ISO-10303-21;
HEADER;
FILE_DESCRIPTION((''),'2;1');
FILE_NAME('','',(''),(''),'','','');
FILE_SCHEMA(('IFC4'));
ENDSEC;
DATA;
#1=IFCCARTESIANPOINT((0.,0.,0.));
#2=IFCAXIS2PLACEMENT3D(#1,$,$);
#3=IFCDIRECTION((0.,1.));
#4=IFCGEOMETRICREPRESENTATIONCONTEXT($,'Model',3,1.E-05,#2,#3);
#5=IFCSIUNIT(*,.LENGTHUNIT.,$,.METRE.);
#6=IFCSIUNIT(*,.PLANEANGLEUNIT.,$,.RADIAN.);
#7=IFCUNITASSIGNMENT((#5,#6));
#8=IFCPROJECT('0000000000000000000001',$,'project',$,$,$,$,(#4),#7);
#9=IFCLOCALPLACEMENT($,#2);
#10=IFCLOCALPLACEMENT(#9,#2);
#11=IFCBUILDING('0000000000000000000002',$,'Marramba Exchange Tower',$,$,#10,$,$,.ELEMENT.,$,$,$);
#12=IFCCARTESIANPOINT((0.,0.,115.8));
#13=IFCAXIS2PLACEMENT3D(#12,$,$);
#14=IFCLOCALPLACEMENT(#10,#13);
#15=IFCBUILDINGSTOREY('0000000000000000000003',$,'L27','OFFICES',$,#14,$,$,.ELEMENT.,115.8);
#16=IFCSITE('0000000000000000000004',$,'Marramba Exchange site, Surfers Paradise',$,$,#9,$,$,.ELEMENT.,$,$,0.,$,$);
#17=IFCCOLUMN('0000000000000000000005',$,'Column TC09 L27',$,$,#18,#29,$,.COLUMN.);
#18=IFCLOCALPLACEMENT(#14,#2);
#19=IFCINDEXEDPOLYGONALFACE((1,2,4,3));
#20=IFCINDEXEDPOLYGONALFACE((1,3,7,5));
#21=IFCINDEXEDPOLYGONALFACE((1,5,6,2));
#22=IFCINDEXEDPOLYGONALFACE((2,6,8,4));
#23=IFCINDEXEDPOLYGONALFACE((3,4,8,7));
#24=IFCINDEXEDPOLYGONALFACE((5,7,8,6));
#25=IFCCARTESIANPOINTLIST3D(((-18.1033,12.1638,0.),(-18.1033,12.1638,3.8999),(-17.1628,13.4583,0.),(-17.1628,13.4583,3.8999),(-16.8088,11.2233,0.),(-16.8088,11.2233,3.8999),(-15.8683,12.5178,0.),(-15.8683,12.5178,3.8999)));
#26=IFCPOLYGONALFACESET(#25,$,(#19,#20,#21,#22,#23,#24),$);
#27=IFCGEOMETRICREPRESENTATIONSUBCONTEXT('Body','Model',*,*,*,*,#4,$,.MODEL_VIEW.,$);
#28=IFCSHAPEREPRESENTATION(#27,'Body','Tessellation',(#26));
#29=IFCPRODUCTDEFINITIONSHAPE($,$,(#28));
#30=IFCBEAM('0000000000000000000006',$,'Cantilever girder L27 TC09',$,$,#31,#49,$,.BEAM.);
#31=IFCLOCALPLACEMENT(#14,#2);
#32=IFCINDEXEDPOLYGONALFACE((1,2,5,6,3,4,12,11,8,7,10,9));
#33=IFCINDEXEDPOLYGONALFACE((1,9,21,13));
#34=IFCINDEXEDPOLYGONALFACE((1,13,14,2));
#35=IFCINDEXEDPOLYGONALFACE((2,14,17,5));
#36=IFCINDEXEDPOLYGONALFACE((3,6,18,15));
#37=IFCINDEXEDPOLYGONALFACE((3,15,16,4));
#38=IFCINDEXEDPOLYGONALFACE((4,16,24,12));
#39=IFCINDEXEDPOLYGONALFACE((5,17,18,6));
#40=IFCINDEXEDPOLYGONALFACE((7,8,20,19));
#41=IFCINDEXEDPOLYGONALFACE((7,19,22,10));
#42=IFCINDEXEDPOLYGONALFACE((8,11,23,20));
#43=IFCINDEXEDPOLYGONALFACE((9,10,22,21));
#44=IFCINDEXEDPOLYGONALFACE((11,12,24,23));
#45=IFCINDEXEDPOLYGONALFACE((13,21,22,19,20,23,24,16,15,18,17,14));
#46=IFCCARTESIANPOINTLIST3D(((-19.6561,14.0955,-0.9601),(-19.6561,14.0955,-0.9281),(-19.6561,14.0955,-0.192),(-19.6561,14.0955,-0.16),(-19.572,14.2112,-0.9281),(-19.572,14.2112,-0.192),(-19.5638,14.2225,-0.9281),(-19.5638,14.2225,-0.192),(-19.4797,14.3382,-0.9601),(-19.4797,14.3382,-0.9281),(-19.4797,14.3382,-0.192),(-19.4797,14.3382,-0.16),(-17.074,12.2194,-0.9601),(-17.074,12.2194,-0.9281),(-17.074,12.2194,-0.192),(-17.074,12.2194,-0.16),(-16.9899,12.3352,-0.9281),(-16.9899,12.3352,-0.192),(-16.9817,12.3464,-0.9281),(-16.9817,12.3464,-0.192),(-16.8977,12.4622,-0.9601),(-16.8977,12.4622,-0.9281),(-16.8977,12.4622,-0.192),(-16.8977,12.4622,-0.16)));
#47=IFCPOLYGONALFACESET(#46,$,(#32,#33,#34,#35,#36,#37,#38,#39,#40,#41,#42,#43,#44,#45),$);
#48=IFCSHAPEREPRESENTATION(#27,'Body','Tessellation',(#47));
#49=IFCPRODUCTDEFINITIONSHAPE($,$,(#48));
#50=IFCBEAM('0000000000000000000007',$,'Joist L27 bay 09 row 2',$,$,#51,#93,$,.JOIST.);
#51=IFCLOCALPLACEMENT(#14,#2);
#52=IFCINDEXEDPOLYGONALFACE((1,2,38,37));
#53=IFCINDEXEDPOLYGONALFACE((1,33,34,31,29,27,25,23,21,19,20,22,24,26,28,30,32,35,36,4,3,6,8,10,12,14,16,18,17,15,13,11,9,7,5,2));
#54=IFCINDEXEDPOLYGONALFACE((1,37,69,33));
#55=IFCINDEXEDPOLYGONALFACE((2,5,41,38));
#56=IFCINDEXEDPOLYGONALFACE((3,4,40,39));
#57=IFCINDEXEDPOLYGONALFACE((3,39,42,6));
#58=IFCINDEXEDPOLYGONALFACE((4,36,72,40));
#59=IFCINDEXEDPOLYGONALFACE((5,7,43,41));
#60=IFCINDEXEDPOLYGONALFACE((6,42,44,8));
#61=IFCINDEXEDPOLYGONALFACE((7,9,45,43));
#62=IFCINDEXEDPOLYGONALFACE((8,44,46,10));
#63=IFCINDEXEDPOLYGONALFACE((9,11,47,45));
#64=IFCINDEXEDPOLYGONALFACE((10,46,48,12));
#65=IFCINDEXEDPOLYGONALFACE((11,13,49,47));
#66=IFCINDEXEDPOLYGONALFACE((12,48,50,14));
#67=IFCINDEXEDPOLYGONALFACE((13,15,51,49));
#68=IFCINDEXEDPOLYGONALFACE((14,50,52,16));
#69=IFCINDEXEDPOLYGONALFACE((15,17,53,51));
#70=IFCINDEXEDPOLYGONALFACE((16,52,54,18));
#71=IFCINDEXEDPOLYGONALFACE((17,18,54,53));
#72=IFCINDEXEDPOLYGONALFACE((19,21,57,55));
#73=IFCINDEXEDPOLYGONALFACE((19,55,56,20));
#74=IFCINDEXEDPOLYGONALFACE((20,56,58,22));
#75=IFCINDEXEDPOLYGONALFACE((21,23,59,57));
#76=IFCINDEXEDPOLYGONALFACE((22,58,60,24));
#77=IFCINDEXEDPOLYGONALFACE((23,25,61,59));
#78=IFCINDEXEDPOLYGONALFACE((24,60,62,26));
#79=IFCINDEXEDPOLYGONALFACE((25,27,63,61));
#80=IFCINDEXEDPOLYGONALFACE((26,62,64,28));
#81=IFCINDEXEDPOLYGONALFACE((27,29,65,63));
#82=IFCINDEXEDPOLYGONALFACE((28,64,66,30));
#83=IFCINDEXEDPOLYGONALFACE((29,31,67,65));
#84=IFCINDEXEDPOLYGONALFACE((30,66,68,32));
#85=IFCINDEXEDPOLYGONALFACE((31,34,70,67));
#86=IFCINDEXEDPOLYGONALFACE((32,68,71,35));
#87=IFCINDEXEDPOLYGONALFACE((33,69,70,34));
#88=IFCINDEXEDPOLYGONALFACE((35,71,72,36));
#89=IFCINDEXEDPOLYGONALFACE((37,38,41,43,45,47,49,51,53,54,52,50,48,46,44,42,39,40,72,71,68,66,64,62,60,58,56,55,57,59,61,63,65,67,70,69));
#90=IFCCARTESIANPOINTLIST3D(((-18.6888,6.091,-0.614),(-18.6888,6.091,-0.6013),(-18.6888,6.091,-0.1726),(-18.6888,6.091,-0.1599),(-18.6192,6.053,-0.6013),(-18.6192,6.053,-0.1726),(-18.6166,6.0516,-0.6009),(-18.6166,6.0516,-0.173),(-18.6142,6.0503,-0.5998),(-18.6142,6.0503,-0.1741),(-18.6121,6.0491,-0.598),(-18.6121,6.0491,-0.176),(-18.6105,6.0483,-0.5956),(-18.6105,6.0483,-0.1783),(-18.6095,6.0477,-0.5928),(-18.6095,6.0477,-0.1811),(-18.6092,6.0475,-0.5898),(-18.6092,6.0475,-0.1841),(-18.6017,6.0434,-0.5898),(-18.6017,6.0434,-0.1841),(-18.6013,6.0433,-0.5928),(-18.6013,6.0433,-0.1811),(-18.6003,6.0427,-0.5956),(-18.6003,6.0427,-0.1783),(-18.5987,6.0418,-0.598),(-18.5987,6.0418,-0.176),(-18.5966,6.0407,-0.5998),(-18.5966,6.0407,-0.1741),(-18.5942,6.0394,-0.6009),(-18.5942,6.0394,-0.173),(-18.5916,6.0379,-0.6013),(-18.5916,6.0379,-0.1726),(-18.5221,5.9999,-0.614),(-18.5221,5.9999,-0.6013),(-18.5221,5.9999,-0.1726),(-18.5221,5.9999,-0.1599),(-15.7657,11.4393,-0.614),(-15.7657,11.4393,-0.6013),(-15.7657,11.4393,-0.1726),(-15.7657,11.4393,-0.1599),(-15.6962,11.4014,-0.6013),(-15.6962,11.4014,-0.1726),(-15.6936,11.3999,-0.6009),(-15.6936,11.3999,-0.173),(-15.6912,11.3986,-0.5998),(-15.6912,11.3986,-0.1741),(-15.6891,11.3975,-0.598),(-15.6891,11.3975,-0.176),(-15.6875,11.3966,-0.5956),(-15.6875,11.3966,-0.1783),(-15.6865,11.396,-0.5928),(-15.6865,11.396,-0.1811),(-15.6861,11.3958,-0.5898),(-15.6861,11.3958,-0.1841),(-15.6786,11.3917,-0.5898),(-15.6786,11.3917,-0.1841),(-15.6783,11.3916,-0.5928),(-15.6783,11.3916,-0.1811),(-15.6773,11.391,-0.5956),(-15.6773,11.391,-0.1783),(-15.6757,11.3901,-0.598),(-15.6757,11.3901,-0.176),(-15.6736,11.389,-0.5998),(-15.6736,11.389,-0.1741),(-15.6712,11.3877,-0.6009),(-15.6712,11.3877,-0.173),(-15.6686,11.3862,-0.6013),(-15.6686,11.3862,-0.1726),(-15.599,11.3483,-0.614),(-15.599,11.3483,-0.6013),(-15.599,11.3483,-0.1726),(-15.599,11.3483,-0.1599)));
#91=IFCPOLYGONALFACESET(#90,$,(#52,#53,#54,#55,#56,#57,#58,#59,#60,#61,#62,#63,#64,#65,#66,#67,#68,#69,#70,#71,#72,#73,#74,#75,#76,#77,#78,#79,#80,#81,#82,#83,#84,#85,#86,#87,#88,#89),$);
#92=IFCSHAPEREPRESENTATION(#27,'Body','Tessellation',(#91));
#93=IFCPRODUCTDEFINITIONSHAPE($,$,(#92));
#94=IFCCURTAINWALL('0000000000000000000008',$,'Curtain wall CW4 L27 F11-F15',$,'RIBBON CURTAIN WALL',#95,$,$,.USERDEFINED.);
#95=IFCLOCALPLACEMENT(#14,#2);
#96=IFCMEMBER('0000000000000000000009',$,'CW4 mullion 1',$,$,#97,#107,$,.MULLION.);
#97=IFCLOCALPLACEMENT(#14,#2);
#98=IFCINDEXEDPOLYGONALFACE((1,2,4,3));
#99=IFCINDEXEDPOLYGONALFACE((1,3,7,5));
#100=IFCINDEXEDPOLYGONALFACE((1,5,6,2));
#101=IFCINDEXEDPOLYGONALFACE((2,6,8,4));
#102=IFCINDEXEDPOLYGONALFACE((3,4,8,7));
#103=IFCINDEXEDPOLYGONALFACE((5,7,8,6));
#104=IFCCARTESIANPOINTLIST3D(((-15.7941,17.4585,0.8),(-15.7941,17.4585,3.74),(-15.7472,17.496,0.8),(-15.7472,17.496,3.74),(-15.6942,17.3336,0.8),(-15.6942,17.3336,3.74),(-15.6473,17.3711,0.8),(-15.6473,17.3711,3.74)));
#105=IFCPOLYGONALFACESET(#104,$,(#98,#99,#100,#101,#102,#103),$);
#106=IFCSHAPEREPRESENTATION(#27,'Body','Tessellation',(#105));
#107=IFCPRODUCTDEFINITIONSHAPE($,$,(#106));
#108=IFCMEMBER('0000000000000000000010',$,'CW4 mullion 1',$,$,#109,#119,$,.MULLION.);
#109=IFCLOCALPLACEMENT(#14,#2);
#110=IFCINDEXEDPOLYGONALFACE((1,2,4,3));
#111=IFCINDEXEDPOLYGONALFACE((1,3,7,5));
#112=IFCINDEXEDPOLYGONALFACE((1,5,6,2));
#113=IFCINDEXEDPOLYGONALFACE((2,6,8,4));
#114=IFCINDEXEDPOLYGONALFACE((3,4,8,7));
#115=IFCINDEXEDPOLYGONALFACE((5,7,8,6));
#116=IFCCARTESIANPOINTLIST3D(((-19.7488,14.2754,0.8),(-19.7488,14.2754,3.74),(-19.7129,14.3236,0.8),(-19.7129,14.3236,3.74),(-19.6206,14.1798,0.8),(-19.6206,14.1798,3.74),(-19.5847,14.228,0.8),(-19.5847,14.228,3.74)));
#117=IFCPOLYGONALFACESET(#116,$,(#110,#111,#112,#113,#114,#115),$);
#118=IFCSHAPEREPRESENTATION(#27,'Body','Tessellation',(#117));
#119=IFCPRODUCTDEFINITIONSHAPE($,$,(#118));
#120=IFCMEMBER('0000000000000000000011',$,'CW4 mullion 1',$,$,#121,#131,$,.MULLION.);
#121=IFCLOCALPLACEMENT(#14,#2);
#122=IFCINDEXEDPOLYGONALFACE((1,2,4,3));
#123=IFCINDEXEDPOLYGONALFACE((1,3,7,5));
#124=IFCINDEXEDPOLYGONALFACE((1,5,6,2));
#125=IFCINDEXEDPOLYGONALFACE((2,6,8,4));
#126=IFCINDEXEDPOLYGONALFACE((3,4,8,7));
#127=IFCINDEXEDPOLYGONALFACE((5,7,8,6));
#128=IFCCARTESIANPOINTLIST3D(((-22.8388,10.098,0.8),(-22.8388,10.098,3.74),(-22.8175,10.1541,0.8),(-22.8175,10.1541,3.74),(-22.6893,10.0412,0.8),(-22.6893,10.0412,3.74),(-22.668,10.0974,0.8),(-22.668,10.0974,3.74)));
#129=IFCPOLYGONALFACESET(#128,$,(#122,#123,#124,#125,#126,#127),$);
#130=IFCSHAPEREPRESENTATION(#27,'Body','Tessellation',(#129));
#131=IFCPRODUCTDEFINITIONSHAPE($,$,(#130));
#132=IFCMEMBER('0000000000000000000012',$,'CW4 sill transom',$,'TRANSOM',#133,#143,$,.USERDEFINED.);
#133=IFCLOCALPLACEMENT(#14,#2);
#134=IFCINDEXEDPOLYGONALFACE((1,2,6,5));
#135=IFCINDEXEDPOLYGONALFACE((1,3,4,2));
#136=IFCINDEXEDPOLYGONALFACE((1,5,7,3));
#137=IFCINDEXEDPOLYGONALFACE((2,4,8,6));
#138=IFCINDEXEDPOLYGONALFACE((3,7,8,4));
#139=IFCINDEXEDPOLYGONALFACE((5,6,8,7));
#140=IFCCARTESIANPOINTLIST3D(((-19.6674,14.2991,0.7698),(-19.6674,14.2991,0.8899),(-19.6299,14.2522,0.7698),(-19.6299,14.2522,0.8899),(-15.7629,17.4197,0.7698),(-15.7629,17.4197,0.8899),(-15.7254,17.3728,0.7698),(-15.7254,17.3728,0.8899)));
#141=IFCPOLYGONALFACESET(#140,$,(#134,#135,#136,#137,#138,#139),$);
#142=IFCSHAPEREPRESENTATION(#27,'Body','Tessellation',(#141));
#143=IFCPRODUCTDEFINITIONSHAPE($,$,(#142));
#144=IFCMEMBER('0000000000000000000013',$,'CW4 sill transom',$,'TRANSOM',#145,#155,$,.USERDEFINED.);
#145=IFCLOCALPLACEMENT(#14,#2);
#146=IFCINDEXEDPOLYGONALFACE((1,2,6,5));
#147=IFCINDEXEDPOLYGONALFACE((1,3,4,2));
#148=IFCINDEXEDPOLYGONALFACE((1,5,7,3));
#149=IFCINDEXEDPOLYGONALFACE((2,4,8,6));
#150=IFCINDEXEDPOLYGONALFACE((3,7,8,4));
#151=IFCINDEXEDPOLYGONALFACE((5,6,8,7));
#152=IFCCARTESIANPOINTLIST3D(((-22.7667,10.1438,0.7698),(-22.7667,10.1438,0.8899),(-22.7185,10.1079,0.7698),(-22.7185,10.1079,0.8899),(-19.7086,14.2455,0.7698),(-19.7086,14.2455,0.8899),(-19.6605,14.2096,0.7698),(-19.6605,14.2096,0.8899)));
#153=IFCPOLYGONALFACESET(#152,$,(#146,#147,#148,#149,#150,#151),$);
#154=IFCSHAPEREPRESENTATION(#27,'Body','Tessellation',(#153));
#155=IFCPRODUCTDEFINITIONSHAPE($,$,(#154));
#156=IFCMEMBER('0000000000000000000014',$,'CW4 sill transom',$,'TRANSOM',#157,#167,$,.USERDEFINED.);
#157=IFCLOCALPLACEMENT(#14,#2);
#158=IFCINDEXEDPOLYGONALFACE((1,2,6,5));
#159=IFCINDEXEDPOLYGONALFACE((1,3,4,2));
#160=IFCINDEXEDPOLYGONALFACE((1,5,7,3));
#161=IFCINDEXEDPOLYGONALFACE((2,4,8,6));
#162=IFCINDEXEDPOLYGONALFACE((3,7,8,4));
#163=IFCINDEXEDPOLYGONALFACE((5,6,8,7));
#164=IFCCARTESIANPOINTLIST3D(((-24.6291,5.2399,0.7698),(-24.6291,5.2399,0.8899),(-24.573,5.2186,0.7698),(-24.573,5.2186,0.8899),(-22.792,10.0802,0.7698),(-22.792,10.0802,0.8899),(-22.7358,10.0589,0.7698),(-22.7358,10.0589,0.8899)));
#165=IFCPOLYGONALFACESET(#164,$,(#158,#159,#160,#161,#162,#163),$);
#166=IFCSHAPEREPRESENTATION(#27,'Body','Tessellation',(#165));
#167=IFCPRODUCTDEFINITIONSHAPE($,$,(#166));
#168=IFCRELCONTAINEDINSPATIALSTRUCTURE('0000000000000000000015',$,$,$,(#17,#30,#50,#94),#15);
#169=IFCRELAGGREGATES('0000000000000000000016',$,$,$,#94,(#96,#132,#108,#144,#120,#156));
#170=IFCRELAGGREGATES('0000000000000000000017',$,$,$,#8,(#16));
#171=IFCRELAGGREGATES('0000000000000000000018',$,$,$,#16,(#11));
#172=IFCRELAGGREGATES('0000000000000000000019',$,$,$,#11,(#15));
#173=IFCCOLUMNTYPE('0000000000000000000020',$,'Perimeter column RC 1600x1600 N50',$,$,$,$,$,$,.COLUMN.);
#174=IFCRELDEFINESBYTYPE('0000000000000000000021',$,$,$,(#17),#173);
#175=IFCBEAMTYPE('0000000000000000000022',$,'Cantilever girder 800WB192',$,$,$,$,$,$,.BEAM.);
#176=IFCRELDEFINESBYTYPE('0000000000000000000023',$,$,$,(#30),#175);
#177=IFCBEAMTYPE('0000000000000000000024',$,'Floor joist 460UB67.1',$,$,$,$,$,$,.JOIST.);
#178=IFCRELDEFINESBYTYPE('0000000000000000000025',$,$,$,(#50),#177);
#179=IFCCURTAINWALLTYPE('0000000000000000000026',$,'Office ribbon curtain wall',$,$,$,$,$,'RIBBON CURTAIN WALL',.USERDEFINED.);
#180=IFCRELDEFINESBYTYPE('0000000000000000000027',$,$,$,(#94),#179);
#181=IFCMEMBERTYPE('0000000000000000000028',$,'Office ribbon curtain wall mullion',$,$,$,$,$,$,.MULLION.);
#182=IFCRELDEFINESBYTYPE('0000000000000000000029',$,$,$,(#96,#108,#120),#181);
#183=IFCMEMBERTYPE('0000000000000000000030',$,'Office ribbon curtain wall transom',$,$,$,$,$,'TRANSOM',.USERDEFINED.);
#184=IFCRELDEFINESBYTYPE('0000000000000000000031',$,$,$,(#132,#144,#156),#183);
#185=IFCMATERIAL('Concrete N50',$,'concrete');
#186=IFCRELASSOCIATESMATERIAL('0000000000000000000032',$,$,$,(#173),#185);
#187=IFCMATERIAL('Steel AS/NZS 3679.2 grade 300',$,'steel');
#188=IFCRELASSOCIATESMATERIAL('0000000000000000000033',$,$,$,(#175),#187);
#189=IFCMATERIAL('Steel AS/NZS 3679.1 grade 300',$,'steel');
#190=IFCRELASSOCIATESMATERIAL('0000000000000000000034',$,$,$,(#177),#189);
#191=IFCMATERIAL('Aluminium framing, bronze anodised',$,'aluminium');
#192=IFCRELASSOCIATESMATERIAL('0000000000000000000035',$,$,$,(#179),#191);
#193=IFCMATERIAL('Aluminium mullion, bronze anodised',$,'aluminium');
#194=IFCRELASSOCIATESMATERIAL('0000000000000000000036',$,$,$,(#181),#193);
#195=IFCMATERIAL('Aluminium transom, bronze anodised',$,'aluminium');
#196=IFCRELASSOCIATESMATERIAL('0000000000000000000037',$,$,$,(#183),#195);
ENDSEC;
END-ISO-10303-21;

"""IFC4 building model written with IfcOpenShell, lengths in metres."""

from ifc_helpers import new_model, si_unit, direction, frame, origin, origin_2d, place, context, subcontext, project, spatial, rectangle, i_section, extrude, material, material_profile, profile_set, type_object, element, aggregate, save


model = new_model("IFC4")

# Units and contexts
model_context = context("Model", 3, precision=1e-05, world=origin(), true_north=direction((0.0, 1.0)))
body_context = subcontext(model_context, "Body", "Model", "MODEL_VIEW")
ifc_project = project(units=[si_unit("LENGTHUNIT", "METRE"), si_unit("PLANEANGLEUNIT", "RADIAN")], contexts=[model_context])

# Site, building, storey
site_placement = place(None, origin())
site = spatial("IfcSite", under=ifc_project, at=site_placement, Name="Marramba Exchange site, Surfers Paradise", CompositionType="ELEMENT", RefElevation=0.0)
building_placement = place(site_placement, origin())
building = spatial("IfcBuilding", under=site, at=building_placement, Name="Marramba Exchange Tower", CompositionType="ELEMENT")
storey_placement = place(building_placement, frame((0.0, 0.0, 115.8)))
storey = spatial("IfcBuildingStorey", under=building, at=storey_placement, Name="L27", Description="OFFICES", CompositionType="ELEMENT", Elevation=115.8)

# Column
ifc_material_1 = material(Name="Concrete N50", Category="concrete")
ifc_material_profile_1 = material_profile(ifc_material_1, rectangle(XDim=1.6001, YDim=1.6001, at=origin_2d()), Name="RC 1600x1600")
ifc_profile_set_1 = profile_set([ifc_material_profile_1], Name="Concrete N50")
column_type = type_object("IfcColumnType", Name="Perimeter column RC 1600x1600 N50", PredefinedType="COLUMN", material=ifc_profile_set_1)
column_placement = place(storey_placement, frame((-16.9858, 12.3408, 0.0), z_axis=(0.0, 0.0, 1.0), x_axis=(-0.809017, 0.587785, 0.0)))
element("IfcColumn", 1, at=column_placement, inside=storey, type_object=column_type, Name="Column TC09 L27", PredefinedType="COLUMN", context=body_context, shape_type="SweptSolid", body=[
    extrude(rectangle(XDim=1.6001, YDim=1.6001, at=origin_2d()), origin(), (0.0, 0.0, 1.0), 3.8999),
])

# Beams
ifc_material_2 = material(Name="Steel AS/NZS 3679.2 grade 300", Category="steel")
ifc_material_profile_2 = material_profile(ifc_material_2, i_section(OverallWidth=0.3, OverallDepth=0.8, WebThickness=0.0139, FlangeThickness=0.032, at=origin_2d()), Name="800WB192")
ifc_profile_set_2 = profile_set([ifc_material_profile_2], Name="Steel AS/NZS 3679.2 grade 300")
beam_type_1 = type_object("IfcBeamType", Name="Cantilever girder 800WB192", PredefinedType="BEAM", material=ifc_profile_set_2)
beam_1_placement = place(storey_placement, frame((-16.9858, 12.3408, -0.5601), z_axis=(-0.809014, 0.58779, 0.0), x_axis=(-0.58779, -0.809014, 0.0)))
element("IfcBeam", 2, at=beam_1_placement, inside=storey, type_object=beam_type_1, Name="Cantilever girder L27 TC09", PredefinedType="BEAM", context=body_context, shape_type="SweptSolid", body=[
    extrude(i_section(OverallWidth=0.3, OverallDepth=0.8, WebThickness=0.0139, FlangeThickness=0.032, at=origin_2d()), origin(), (0.0, 0.0, 1.0), 3.1917),
])
ifc_material_3 = material(Name="Steel AS/NZS 3679.1 grade 300", Category="steel")
ifc_material_profile_3 = material_profile(ifc_material_3, i_section(OverallWidth=0.1899, OverallDepth=0.4541, WebThickness=0.0085, FlangeThickness=0.0127, FilletRadius=0.0115, at=origin_2d()), Name="460UB67.1")
ifc_profile_set_3 = profile_set([ifc_material_profile_3], Name="Steel AS/NZS 3679.1 grade 300")
beam_type_2 = type_object("IfcBeamType", Name="Floor joist 460UB67.1", PredefinedType="JOIST", material=ifc_profile_set_3)
beam_2_placement = place(storey_placement, frame((-15.6824, 11.3938, -0.387), z_axis=(-0.479584, -0.877496, 0.0), x_axis=(0.877496, -0.479584, 0.0)))
element("IfcBeam", 3, at=beam_2_placement, inside=storey, type_object=beam_type_2, Name="Joist L27 bay 09 row 2", PredefinedType="JOIST", context=body_context, shape_type="SweptSolid", body=[
    extrude(i_section(OverallWidth=0.1899, OverallDepth=0.4541, WebThickness=0.0085, FlangeThickness=0.0127, FilletRadius=0.0115, at=origin_2d()), origin(), (0.0, 0.0, 1.0), 6.095),
])

# Curtain wall, members
ifc_material_4 = material(Name="Aluminium framing, bronze anodised", Category="aluminium")
curtain_wall_type = type_object("IfcCurtainWallType", Name="Office ribbon curtain wall", ElementType="RIBBON CURTAIN WALL", PredefinedType="USERDEFINED", material=ifc_material_4)
curtain_wall_placement = place(storey_placement, origin())
curtain_wall = element("IfcCurtainWall", 4, at=curtain_wall_placement, inside=storey, type_object=curtain_wall_type, Name="Curtain wall CW4 L27 F11-F15", ObjectType="RIBBON CURTAIN WALL", PredefinedType="USERDEFINED")
ifc_material_5 = material(Name="Aluminium mullion, bronze anodised", Category="aluminium")
ifc_material_profile_4 = material_profile(ifc_material_5, rectangle(XDim=0.1599, YDim=0.0601, at=origin_2d()), Name="CW4 mullion 60x160")
ifc_profile_set_4 = profile_set([ifc_material_profile_4], Name="Aluminium mullion, bronze anodised")
member_type_1 = type_object("IfcMemberType", Name="Office ribbon curtain wall mullion", PredefinedType="MULLION", material=ifc_profile_set_4)
member_1_placement = place(storey_placement, frame((-15.7207, 17.4148, 0.8), z_axis=(0.0, 0.0, 1.0), x_axis=(0.624308, -0.781178, 0.0)))
member_1 = element("IfcMember", 5, at=member_1_placement, type_object=member_type_1, Name="CW4 mullion 1", PredefinedType="MULLION", context=body_context, shape_type="SweptSolid", body=[
    extrude(rectangle(XDim=0.1599, YDim=0.0601, at=origin_2d()), origin(), (0.0, 0.0, 1.0), 2.9399),
])
member_2_placement = place(storey_placement, frame((-19.6667, 14.2517, 0.8), z_axis=(0.0, 0.0, 1.0), x_axis=(0.801717, -0.597704, 0.0)))
member_2 = element("IfcMember", 6, at=member_2_placement, type_object=member_type_1, Name="CW4 mullion 1", PredefinedType="MULLION", context=body_context, shape_type="SweptSolid", body=[
    extrude(rectangle(XDim=0.1599, YDim=0.0601, at=origin_2d()), origin(), (0.0, 0.0, 1.0), 2.9399),
])
member_3_placement = place(storey_placement, frame((-22.7534, 10.0977, 0.8), z_axis=(0.0, 0.0, 1.0), x_axis=(0.934925, -0.354844, 0.0)))
member_3 = element("IfcMember", 7, at=member_3_placement, type_object=member_type_1, Name="CW4 mullion 1", PredefinedType="MULLION", context=body_context, shape_type="SweptSolid", body=[
    extrude(rectangle(XDim=0.1599, YDim=0.0601, at=origin_2d()), origin(), (0.0, 0.0, 1.0), 2.9399),
])
ifc_material_6 = material(Name="Aluminium transom, bronze anodised", Category="aluminium")
ifc_material_profile_5 = material_profile(ifc_material_6, rectangle(XDim=0.0601, YDim=0.1201, at=origin_2d()), Name="CW4 transom 60x120")
ifc_profile_set_5 = profile_set([ifc_material_profile_5], Name="Aluminium transom, bronze anodised")
member_type_2 = type_object("IfcMemberType", Name="Office ribbon curtain wall transom", ElementType="TRANSOM", PredefinedType="USERDEFINED", material=ifc_profile_set_5)
member_4_placement = place(storey_placement, frame((-15.7441, 17.3962, 0.8298), z_axis=(-0.781164, -0.624326, 0.0), x_axis=(0.624326, -0.781164, 0.0)))
member_4 = element("IfcMember", 8, at=member_4_placement, type_object=member_type_2, Name="CW4 sill transom", ObjectType="TRANSOM", PredefinedType="USERDEFINED", context=body_context, shape_type="SweptSolid", body=[
    extrude(rectangle(XDim=0.0601, YDim=0.1201, at=origin_2d()), origin(), (0.0, 0.0, 1.0), 4.9983),
])
member_5_placement = place(storey_placement, frame((-19.6846, 14.2275, 0.8298), z_axis=(-0.597715, -0.801709, 0.0), x_axis=(0.801709, -0.597715, 0.0)))
member_5 = element("IfcMember", 9, at=member_5_placement, type_object=member_type_2, Name="CW4 sill transom", ObjectType="TRANSOM", PredefinedType="USERDEFINED", context=body_context, shape_type="SweptSolid", body=[
    extrude(rectangle(XDim=0.0601, YDim=0.1201, at=origin_2d()), origin(), (0.0, 0.0, 1.0), 5.1162),
])
member_6_placement = place(storey_placement, frame((-22.7639, 10.0696, 0.8298), z_axis=(-0.354852, -0.934923, 0.0), x_axis=(0.934923, -0.354852, 0.0)))
member_6 = element("IfcMember", 10, at=member_6_placement, type_object=member_type_2, Name="CW4 sill transom", ObjectType="TRANSOM", PredefinedType="USERDEFINED", context=body_context, shape_type="SweptSolid", body=[
    extrude(rectangle(XDim=0.0601, YDim=0.1201, at=origin_2d()), origin(), (0.0, 0.0, 1.0), 5.1772),
])

aggregate(curtain_wall, [member_1, member_4, member_2, member_5, member_3, member_6])

save(model, "model.ifc")
